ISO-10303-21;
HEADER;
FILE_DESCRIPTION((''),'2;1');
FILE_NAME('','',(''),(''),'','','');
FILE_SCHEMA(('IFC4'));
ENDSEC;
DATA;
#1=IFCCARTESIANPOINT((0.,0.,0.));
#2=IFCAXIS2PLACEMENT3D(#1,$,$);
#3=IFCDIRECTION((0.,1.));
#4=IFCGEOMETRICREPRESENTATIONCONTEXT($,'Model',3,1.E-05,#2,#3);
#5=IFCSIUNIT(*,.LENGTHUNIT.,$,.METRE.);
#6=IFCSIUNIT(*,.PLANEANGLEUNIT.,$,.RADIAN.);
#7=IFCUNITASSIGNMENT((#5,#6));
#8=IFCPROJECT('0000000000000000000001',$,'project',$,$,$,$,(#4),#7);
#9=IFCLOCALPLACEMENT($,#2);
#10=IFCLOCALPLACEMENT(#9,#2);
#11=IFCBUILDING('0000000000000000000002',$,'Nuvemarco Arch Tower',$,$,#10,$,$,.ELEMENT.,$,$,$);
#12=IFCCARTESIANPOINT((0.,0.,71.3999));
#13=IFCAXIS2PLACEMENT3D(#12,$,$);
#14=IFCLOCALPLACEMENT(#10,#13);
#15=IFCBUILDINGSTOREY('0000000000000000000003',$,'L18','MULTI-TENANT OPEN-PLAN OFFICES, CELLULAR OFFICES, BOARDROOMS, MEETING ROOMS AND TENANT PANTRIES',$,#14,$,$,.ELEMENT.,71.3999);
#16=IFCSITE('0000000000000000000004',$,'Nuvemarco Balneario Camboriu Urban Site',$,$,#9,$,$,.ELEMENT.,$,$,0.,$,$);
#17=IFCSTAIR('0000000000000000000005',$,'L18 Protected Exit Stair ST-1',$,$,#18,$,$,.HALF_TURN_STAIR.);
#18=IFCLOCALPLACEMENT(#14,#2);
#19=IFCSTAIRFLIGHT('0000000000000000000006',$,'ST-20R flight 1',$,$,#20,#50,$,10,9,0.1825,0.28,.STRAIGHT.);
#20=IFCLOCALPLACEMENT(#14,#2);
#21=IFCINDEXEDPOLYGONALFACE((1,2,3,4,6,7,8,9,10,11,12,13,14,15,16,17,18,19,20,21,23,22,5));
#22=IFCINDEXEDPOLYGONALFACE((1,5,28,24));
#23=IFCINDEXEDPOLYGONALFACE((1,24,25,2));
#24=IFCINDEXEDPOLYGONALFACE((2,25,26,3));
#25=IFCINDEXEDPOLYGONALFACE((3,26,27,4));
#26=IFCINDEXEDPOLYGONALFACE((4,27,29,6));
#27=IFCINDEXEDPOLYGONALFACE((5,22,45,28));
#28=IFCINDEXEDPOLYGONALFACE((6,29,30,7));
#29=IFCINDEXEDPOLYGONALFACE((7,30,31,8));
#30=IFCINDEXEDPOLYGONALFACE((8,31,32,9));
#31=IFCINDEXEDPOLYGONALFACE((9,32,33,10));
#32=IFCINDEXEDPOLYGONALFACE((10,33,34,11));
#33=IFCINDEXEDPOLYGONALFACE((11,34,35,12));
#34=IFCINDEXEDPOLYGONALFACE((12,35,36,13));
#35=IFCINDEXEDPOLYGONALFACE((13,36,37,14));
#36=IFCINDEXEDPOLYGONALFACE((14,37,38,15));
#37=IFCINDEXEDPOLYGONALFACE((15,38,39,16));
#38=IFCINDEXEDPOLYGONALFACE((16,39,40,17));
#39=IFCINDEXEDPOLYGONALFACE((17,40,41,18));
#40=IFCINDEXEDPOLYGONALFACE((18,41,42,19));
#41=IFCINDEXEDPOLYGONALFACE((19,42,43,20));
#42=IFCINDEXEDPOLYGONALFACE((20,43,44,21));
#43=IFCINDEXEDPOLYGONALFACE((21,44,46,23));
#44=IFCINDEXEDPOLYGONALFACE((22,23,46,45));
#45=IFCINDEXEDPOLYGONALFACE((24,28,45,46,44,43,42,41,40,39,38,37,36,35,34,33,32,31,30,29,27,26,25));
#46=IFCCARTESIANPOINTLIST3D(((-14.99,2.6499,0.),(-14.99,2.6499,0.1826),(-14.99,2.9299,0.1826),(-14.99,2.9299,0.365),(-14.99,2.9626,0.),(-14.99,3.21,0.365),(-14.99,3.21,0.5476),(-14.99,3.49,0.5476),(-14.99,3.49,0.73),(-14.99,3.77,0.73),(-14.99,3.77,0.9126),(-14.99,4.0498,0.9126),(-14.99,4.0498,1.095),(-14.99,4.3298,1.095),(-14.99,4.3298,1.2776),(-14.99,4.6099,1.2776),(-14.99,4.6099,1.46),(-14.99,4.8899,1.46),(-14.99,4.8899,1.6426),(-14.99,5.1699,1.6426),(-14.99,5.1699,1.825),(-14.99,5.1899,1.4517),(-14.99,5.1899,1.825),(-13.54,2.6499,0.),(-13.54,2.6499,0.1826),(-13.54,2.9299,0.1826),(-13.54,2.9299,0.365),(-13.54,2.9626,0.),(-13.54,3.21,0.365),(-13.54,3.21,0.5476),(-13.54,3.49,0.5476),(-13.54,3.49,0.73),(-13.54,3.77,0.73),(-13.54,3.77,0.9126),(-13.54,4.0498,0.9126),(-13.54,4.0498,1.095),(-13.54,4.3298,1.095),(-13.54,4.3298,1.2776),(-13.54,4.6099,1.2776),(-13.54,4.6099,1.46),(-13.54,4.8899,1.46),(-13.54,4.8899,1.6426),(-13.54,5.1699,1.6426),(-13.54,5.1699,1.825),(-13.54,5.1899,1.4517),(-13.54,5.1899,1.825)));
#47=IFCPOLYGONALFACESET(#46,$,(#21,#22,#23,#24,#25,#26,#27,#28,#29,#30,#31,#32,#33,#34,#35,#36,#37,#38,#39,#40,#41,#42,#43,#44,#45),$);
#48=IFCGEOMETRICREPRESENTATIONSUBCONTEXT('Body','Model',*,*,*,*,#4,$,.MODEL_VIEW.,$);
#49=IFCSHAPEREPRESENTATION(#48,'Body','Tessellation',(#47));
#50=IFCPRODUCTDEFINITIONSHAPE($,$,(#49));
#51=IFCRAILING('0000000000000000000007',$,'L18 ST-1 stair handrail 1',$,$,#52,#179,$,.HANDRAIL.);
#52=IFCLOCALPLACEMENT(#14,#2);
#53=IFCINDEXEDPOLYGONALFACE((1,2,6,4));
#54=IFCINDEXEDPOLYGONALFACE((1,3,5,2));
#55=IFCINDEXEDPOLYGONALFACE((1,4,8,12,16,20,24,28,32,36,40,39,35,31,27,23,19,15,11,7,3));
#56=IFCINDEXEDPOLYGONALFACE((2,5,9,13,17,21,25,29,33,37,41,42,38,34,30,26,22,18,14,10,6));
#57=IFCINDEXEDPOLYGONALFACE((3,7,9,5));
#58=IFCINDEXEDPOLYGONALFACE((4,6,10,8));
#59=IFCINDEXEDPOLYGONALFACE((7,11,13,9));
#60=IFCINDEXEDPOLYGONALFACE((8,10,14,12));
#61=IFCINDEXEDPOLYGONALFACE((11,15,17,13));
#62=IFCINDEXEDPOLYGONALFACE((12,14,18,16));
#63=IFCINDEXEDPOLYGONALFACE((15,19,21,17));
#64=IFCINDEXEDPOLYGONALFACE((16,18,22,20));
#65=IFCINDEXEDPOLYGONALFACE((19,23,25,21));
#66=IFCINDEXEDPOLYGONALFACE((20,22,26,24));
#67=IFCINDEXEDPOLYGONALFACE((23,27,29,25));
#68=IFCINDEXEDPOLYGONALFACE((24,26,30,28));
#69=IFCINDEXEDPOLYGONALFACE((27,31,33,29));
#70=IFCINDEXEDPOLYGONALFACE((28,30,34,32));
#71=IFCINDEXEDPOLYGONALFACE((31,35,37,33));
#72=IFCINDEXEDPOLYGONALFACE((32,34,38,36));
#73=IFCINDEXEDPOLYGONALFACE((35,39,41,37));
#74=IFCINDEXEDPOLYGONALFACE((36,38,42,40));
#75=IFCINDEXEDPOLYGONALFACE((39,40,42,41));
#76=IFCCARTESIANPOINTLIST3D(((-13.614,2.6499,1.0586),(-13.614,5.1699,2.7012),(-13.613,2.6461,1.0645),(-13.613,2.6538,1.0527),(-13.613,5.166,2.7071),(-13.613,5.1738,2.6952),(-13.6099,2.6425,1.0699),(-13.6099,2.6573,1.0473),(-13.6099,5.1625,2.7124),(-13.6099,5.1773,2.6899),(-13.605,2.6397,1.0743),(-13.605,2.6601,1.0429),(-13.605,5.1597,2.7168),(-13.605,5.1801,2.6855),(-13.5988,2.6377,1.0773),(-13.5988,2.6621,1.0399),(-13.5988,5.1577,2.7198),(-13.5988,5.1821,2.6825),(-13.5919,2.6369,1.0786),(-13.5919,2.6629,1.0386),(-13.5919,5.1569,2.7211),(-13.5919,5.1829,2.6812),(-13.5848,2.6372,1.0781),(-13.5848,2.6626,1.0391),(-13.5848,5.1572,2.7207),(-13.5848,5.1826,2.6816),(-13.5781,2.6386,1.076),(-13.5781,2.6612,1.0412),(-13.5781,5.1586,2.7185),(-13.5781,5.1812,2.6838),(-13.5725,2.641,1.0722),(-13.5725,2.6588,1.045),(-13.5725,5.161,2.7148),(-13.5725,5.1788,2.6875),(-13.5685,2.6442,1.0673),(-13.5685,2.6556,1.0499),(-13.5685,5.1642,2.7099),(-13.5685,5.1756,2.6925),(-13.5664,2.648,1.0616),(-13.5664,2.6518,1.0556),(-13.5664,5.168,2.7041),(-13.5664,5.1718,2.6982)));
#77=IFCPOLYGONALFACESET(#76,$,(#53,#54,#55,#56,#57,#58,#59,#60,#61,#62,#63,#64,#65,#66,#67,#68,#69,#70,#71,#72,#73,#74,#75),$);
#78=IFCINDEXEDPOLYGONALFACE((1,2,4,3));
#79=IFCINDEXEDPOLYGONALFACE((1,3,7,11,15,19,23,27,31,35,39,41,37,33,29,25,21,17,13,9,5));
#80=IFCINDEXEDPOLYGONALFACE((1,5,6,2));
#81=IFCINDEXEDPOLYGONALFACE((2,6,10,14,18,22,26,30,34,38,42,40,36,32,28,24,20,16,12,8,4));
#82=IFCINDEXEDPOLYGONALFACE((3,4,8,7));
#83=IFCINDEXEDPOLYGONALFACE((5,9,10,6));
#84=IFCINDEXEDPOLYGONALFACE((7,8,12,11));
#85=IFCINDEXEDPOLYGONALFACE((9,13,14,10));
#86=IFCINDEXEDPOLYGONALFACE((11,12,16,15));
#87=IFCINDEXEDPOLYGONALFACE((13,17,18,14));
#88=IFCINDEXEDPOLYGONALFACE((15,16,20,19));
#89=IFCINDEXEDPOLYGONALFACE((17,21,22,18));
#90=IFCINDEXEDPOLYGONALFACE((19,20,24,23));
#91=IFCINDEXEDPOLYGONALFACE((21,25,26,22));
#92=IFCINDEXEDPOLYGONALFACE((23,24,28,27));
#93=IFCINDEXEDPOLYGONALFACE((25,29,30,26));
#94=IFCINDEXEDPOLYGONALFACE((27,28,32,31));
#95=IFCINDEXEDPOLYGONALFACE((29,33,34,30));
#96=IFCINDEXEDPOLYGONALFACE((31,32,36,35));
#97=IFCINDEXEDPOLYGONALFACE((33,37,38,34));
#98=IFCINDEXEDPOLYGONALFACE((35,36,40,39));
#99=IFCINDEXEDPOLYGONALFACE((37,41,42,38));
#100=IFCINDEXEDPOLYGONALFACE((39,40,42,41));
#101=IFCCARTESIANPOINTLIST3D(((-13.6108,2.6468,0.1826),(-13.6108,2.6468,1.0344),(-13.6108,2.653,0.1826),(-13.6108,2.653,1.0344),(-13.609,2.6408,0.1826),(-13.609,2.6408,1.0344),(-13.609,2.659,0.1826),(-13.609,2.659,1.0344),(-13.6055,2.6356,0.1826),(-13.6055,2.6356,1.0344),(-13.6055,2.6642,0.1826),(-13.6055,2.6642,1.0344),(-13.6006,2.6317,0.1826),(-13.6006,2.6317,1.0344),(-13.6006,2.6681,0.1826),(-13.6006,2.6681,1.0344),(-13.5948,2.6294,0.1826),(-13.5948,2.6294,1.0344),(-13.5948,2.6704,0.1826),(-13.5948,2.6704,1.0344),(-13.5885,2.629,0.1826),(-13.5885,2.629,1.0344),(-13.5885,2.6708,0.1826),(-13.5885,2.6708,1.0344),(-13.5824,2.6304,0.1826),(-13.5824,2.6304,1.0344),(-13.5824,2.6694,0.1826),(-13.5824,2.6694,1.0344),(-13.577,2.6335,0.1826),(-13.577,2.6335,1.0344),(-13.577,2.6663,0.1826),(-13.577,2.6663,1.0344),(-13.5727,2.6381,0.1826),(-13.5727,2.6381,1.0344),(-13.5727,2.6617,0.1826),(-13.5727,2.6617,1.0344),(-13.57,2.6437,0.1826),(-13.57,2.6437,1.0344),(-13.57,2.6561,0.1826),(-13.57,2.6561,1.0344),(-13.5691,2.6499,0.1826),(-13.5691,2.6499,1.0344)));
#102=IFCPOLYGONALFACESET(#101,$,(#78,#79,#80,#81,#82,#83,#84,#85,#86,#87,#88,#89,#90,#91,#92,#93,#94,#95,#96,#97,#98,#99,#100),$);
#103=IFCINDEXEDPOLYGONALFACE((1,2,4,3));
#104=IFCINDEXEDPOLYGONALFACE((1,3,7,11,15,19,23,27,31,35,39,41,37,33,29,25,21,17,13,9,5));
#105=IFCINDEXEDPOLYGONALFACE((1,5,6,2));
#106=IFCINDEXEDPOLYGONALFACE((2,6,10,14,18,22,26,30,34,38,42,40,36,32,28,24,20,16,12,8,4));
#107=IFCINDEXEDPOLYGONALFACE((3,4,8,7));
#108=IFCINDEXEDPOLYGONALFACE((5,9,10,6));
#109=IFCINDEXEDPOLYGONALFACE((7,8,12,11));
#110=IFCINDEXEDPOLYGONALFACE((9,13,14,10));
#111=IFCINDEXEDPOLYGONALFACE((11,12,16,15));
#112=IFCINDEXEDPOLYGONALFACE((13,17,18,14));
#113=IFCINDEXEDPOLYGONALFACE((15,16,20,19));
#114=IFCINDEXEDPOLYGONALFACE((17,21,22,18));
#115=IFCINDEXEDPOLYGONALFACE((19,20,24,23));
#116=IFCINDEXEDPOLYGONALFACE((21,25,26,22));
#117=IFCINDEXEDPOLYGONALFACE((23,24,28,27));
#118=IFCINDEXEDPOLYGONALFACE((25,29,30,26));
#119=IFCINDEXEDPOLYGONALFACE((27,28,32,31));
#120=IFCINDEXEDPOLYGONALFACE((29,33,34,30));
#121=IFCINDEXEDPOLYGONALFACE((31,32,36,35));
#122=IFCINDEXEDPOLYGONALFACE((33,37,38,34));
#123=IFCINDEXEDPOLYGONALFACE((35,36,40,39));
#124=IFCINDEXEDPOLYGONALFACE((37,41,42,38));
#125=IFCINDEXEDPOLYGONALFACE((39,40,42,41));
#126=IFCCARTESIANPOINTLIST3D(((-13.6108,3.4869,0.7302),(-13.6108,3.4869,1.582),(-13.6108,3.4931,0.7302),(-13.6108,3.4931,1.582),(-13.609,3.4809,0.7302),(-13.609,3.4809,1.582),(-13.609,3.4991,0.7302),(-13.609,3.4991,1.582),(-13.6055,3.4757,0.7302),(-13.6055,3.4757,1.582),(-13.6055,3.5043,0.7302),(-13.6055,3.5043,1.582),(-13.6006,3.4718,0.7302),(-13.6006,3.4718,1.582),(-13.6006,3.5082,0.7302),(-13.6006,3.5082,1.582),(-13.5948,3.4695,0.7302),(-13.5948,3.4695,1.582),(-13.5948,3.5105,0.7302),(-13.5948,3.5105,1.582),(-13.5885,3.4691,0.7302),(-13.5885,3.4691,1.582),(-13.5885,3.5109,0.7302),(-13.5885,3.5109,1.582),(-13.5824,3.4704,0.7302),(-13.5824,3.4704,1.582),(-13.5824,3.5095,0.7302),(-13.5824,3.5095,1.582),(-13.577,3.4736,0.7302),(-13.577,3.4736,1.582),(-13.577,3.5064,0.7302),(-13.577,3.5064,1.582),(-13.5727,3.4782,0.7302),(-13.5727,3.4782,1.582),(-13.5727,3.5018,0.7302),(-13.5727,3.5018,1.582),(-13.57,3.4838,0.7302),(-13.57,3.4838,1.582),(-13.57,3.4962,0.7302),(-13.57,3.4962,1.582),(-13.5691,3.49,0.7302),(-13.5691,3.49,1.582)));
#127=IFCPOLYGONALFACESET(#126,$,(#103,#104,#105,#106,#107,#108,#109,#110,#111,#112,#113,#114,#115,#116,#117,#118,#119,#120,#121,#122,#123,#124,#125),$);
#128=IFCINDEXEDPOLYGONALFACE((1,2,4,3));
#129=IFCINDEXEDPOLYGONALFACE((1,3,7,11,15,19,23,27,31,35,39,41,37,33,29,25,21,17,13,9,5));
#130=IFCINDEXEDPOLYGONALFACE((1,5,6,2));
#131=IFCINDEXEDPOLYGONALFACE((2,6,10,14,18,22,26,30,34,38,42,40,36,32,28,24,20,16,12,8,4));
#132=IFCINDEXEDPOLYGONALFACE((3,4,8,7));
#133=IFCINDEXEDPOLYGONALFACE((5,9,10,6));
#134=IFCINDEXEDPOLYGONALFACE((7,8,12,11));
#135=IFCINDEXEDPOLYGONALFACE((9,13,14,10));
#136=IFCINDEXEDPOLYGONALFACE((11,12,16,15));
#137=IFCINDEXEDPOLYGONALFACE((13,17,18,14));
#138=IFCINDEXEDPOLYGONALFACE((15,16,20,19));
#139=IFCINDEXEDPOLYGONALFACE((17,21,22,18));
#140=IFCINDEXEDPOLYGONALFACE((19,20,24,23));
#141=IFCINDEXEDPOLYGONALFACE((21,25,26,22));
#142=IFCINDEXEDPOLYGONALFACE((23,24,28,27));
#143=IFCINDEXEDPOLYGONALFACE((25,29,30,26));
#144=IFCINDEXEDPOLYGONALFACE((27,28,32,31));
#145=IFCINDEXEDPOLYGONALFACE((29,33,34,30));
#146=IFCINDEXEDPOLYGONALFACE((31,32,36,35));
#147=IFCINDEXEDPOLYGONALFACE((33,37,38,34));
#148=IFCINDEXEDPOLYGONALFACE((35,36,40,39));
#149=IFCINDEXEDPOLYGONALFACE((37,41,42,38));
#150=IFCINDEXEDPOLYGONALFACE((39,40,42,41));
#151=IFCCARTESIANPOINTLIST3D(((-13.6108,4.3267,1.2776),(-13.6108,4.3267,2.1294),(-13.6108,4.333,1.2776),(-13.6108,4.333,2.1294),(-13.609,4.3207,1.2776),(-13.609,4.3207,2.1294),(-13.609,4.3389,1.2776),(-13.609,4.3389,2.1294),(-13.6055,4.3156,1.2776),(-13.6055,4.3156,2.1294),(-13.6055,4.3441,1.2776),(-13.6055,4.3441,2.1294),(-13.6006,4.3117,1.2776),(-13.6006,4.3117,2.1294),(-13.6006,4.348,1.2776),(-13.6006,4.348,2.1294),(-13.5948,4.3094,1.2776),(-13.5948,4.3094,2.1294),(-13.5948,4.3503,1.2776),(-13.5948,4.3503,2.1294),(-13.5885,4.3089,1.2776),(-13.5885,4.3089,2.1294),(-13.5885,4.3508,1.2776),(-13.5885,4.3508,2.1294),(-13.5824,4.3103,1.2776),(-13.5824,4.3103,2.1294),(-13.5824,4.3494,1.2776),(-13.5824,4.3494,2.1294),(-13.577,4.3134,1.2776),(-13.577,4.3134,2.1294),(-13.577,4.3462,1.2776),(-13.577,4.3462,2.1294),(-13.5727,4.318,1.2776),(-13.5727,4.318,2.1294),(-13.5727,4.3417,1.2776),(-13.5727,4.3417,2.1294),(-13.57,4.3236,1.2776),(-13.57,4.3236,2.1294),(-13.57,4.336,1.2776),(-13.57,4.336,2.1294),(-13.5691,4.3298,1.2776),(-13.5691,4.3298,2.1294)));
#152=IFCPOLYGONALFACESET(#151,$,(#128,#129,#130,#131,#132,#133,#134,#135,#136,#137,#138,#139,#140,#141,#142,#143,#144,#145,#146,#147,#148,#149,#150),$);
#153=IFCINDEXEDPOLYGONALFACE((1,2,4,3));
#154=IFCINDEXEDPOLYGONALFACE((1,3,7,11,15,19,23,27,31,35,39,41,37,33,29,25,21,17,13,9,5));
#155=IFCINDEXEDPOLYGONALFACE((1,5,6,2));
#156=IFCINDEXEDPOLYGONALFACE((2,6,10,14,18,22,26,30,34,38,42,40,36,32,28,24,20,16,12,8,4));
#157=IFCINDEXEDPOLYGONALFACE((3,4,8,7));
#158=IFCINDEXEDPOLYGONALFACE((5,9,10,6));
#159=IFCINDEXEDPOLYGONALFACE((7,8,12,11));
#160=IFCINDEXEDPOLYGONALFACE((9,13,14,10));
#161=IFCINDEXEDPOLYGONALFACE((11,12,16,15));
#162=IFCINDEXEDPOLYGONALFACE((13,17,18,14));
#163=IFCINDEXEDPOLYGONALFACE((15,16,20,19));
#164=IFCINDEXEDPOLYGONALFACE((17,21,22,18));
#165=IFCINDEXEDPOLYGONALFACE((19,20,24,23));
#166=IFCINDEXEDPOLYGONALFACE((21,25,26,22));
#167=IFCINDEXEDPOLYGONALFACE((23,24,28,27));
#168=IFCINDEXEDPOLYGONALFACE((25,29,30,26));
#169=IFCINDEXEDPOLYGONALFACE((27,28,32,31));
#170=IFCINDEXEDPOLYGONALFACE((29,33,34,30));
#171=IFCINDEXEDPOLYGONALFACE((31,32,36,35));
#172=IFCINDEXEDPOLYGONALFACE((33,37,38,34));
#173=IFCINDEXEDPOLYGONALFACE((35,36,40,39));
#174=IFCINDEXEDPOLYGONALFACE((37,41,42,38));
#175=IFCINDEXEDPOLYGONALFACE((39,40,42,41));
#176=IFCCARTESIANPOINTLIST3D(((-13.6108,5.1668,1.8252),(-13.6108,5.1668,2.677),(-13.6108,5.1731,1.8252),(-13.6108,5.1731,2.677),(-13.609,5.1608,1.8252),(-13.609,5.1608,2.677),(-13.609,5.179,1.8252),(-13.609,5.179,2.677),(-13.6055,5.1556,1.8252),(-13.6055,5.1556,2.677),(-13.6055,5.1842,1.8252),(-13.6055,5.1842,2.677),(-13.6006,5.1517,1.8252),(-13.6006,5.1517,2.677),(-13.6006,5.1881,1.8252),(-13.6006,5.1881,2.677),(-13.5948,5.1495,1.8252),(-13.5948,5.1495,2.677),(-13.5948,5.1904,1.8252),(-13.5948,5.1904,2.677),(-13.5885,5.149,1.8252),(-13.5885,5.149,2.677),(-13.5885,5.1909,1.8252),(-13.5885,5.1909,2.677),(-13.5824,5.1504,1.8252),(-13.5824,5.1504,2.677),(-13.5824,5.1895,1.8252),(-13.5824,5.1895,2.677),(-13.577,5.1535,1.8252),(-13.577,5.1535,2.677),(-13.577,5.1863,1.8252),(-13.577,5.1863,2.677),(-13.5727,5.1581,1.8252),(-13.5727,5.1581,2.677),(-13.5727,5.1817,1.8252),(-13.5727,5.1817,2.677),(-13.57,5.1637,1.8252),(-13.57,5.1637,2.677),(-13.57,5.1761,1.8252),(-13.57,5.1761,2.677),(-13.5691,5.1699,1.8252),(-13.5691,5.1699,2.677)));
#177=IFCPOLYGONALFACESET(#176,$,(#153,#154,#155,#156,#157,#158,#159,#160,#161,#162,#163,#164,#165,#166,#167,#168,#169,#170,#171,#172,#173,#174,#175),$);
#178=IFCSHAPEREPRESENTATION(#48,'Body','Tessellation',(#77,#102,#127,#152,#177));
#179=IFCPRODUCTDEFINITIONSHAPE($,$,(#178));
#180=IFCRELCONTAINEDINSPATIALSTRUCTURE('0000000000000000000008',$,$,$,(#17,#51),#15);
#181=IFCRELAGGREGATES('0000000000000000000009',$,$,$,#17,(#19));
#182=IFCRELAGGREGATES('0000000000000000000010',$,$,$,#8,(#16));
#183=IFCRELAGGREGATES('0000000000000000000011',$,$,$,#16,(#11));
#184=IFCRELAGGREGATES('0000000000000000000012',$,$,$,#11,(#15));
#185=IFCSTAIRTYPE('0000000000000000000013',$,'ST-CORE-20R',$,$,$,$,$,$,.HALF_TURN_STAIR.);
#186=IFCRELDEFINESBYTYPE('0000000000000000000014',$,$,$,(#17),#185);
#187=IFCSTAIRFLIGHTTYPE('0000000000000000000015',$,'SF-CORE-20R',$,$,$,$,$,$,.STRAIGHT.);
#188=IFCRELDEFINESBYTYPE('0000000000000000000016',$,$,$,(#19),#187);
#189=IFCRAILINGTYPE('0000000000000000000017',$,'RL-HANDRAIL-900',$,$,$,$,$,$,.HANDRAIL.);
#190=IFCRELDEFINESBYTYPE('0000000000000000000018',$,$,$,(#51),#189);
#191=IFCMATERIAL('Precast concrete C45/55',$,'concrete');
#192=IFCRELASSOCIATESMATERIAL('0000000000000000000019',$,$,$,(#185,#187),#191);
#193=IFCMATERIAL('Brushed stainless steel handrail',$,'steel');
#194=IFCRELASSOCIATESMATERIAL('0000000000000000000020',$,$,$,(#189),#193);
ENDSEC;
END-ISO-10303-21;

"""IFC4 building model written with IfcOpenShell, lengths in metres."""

from ifc_helpers import new_model, si_unit, direction, frame, origin, origin_2d, place, context, subcontext, project, spatial, polyline, circle, outline, extrude, material, type_object, element, aggregate, save


model = new_model("IFC4")

# Units and contexts
model_context = context("Model", 3, precision=1e-05, world=origin(), true_north=direction((0.0, 1.0)))
body_context = subcontext(model_context, "Body", "Model", "MODEL_VIEW")
ifc_project = project(units=[si_unit("LENGTHUNIT", "METRE"), si_unit("PLANEANGLEUNIT", "RADIAN")], contexts=[model_context])

# Site, building, storey
site_placement = place(None, origin())
site = spatial("IfcSite", under=ifc_project, at=site_placement, Name="Nuvemarco Balneario Camboriu Urban Site", CompositionType="ELEMENT", RefElevation=0.0)
building_placement = place(site_placement, origin())
building = spatial("IfcBuilding", under=site, at=building_placement, Name="Nuvemarco Arch Tower", CompositionType="ELEMENT")
storey_placement = place(building_placement, frame((0.0, 0.0, 71.3999)))
storey = spatial("IfcBuildingStorey", under=building, at=storey_placement, Name="L18", Description="MULTI-TENANT OPEN-PLAN OFFICES, CELLULAR OFFICES, BOARDROOMS, MEETING ROOMS AND TENANT PANTRIES", CompositionType="ELEMENT", Elevation=71.3999)

# Stair
ifc_material_1 = material(Name="Precast concrete C45/55", Category="concrete")
stair_type = type_object("IfcStairType", Name="ST-CORE-20R", PredefinedType="HALF_TURN_STAIR", material=ifc_material_1)
stair_1_placement = place(storey_placement, origin())
stair_1 = element("IfcStair", 1, at=stair_1_placement, inside=storey, type_object=stair_type, Name="L18 Protected Exit Stair ST-1", PredefinedType="HALF_TURN_STAIR")

# Stair flight
stair_flight_type = type_object("IfcStairFlightType", Name="SF-CORE-20R", PredefinedType="STRAIGHT", material=ifc_material_1)
stair_flight_placement = place(storey_placement, frame((-14.2649, 2.6499, 0.0), z_axis=(0.0, 0.0, 1.0), x_axis=(0.0, 1.0, 0.0)))
stair_flight = element("IfcStairFlight", 2, at=stair_flight_placement, type_object=stair_flight_type, Name="ST-20R flight 1", NumberOfRisers=10, NumberOfTreads=9, PredefinedType="STRAIGHT", RiserHeight=0.1825, TreadLength=0.28, context=body_context, shape_type="SweptSolid", body=[
    extrude(outline(polyline([(0.0, 0.0), (0.0, 0.1826), (0.28, 0.1826), (0.28, 0.365), (0.5601, 0.365), (0.5601, 0.5476), (0.8401, 0.5476), (0.8401, 0.73), (1.1201, 0.73), (1.1201, 0.9126), (1.3999, 0.9126), (1.3999, 1.095), (1.6799, 1.095), (1.6799, 1.2776), (1.96, 1.2776), (1.96, 1.46), (2.24, 1.46), (2.24, 1.6426), (2.52, 1.6426), (2.52, 1.825), (2.54, 1.825), (2.54, 1.4517), (0.3127, 0.0), (0.0, 0.0)])), frame((0.0, 0.7251, 0.0), z_axis=(0.0, -1.0, 0.0), x_axis=(1.0, 0.0, 0.0)), (0.0, 0.0, 1.0), 1.45),
])
aggregate(stair_1, [stair_flight])

# Railing
ifc_material_2 = material(Name="Brushed stainless steel handrail", Category="steel")
railing_type_1 = type_object("IfcRailingType", Name="RL-HANDRAIL-900", PredefinedType="HANDRAIL", material=ifc_material_2)
railing_1_placement = place(storey_placement, frame((-13.5901, 2.6499, 0.1826)))
element("IfcRailing", 3, at=railing_1_placement, inside=storey, type_object=railing_type_1, Name="L18 ST-1 stair handrail 1", PredefinedType="HANDRAIL", context=body_context, shape_type="SweptSolid", body=[
    extrude(circle(Radius=0.0239, at=origin_2d()), frame((0.0, 0.0, 0.876), z_axis=(0.0, 0.837749, 0.546055), x_axis=(-1.0, 0.0, 0.0)), (0.0, 0.0, 1.0), 3.0081),
    extrude(circle(Radius=0.021, at=origin_2d()), origin(), (0.0, 0.0, 1.0), 0.8518),
    extrude(circle(Radius=0.021, at=origin_2d()), frame((0.0, 0.8401, 0.5476)), (0.0, 0.0, 1.0), 0.8518),
    extrude(circle(Radius=0.021, at=origin_2d()), frame((0.0, 1.6799, 1.095)), (0.0, 0.0, 1.0), 0.8518),
    extrude(circle(Radius=0.021, at=origin_2d()), frame((0.0, 2.52, 1.6426)), (0.0, 0.0, 1.0), 0.8518),
])

save(model, "model.ifc")
